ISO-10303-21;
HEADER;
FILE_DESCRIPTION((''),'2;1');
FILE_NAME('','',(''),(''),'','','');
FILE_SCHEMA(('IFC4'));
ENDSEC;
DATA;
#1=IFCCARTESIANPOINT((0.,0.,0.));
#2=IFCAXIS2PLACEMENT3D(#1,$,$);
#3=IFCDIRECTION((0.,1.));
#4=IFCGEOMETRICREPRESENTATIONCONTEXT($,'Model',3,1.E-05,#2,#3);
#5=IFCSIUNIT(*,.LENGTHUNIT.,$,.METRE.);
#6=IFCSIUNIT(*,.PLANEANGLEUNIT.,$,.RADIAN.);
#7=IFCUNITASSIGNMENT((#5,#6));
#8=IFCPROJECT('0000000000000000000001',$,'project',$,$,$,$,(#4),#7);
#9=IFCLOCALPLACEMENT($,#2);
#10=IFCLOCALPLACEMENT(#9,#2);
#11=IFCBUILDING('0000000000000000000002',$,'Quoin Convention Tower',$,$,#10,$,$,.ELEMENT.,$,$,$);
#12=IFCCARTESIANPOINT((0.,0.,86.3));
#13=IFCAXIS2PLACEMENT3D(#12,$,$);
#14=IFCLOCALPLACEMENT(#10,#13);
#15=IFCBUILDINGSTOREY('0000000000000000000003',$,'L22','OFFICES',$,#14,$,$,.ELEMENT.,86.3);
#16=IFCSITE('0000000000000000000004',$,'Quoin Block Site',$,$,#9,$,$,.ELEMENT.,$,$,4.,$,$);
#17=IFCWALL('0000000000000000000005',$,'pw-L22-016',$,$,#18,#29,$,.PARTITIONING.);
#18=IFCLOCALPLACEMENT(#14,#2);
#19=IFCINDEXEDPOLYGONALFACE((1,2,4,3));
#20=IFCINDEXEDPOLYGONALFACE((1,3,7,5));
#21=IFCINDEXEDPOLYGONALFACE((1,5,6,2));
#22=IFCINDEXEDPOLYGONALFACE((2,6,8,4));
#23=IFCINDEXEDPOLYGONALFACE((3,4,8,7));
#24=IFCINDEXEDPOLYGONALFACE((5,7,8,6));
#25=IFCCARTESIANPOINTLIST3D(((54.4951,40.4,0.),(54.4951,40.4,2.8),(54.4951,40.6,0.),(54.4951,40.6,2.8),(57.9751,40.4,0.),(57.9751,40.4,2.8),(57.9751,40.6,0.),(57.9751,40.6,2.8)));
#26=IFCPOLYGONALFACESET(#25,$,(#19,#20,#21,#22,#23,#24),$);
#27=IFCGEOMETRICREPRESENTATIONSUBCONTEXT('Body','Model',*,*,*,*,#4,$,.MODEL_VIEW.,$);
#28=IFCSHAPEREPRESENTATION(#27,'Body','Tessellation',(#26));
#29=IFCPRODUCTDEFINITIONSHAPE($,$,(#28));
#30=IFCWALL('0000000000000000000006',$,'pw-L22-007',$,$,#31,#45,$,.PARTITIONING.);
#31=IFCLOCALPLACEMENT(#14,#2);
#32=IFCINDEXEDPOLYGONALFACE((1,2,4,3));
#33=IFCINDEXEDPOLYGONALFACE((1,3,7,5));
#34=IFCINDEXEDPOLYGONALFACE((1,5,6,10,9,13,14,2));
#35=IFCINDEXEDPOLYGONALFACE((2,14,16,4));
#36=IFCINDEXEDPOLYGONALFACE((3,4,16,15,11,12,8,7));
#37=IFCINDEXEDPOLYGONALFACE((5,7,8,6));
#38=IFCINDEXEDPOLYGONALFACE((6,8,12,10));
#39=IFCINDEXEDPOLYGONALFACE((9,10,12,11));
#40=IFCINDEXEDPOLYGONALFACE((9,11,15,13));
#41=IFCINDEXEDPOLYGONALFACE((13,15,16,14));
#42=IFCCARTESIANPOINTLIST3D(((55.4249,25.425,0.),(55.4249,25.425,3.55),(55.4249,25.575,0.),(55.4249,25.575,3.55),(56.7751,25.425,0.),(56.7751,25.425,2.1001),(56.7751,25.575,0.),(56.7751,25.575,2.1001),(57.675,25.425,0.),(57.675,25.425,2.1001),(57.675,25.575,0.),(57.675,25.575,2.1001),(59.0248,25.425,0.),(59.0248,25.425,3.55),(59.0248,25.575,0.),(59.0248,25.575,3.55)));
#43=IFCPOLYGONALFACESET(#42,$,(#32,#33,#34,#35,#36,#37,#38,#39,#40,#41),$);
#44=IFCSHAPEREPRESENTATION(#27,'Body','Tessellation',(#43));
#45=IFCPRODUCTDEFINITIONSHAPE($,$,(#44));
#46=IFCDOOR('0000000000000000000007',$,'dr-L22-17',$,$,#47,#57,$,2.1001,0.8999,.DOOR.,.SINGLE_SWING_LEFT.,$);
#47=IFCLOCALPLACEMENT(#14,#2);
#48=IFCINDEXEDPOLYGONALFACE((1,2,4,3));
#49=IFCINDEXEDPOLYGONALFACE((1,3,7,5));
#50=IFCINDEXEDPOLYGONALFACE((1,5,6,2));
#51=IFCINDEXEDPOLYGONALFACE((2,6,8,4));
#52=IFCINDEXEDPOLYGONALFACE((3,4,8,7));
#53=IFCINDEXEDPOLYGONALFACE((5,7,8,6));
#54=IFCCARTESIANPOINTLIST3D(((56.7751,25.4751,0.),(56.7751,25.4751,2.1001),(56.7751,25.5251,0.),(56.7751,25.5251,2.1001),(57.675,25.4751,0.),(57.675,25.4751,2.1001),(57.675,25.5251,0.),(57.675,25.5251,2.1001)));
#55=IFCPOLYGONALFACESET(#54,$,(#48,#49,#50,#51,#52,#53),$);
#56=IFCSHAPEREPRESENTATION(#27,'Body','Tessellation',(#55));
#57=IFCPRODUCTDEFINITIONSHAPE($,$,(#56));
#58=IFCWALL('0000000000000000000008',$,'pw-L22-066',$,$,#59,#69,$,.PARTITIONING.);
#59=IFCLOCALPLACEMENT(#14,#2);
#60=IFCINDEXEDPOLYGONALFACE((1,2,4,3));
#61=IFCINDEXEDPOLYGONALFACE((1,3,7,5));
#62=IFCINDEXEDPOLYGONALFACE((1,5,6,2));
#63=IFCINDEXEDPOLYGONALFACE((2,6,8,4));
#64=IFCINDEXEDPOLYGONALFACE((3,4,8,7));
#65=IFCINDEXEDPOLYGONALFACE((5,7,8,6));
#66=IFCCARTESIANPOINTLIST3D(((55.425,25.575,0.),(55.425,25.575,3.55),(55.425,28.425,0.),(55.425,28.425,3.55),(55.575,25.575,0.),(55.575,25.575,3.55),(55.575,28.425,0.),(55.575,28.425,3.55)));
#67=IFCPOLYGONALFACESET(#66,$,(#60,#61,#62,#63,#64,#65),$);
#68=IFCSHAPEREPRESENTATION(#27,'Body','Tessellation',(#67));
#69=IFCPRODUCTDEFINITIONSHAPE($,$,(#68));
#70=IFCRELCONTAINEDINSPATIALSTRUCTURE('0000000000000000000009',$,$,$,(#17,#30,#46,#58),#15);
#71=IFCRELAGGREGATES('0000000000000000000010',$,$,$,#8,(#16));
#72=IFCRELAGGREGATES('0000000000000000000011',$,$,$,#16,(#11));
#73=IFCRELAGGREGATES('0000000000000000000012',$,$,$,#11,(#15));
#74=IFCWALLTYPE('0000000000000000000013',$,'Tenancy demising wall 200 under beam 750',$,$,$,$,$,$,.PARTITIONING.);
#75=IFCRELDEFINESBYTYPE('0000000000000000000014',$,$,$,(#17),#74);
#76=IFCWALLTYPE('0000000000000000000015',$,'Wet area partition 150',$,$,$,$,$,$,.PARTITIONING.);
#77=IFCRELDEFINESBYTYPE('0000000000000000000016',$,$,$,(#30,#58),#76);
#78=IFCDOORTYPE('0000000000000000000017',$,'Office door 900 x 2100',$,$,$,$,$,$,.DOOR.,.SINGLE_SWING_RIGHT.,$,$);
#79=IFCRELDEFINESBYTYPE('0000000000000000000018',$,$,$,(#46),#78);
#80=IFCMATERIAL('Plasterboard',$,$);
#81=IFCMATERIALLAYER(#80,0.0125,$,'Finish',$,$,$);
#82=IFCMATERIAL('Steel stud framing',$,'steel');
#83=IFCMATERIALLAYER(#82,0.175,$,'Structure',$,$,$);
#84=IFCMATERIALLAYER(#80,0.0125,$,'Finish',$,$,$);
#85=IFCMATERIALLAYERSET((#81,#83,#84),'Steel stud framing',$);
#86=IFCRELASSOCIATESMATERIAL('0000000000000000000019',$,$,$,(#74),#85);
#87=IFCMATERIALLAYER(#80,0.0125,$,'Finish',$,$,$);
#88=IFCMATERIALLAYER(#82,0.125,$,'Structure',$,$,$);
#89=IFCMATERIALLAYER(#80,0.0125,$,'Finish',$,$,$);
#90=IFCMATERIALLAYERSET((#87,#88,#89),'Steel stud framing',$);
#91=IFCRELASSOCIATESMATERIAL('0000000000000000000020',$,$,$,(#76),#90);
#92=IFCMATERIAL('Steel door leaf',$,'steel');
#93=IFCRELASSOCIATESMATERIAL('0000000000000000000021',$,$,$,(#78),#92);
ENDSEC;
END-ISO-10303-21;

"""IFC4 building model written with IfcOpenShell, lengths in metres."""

from ifc_helpers import new_model, si_unit, direction, frame, frame_2d, origin, place, context, subcontext, project, spatial, rectangle, extrude, material, layer, layer_set, type_object, element, fill, save


model = new_model("IFC4")

# Units and contexts
model_context = context("Model", 3, precision=1e-05, world=origin(), true_north=direction((0.0, 1.0)))
body_context = subcontext(model_context, "Body", "Model", "MODEL_VIEW")
ifc_project = project(units=[si_unit("LENGTHUNIT", "METRE"), si_unit("PLANEANGLEUNIT", "RADIAN")], contexts=[model_context])

# Site, building, storey
site_placement = place(None, origin())
site = spatial("IfcSite", under=ifc_project, at=site_placement, Name="Quoin Block Site", CompositionType="ELEMENT", RefElevation=4.0)
building_placement = place(site_placement, origin())
building = spatial("IfcBuilding", under=site, at=building_placement, Name="Quoin Convention Tower", CompositionType="ELEMENT")
storey_placement = place(building_placement, frame((0.0, 0.0, 86.3)))
storey = spatial("IfcBuildingStorey", under=building, at=storey_placement, Name="L22", Description="OFFICES", CompositionType="ELEMENT", Elevation=86.3)

# Wall
ifc_material_1 = material(Name="Plasterboard")
ifc_material_2 = material(Name="Steel stud framing", Category="steel")
ifc_layer_1 = layer(ifc_material_1, 0.0125, Name="Finish")
ifc_layer_2 = layer(ifc_material_2, 0.175, Name="Structure")
ifc_layer_3 = layer(ifc_material_1, 0.0125, Name="Finish")
ifc_layer_set_1 = layer_set([ifc_layer_1, ifc_layer_2, ifc_layer_3], Name="Steel stud framing")
wall_type_1 = type_object("IfcWallType", Name="Tenancy demising wall 200 under beam 750", PredefinedType="PARTITIONING", material=ifc_layer_set_1)
wall_1_placement = place(storey_placement, frame((54.4951, 40.5, 0.0), z_axis=(0.0, 0.0, 1.0), x_axis=(1.0, 0.0, 0.0)))
element("IfcWall", 1, at=wall_1_placement, inside=storey, type_object=wall_type_1, Name="pw-L22-016", PredefinedType="PARTITIONING", context=body_context, shape_type="SweptSolid", body=[
    extrude(rectangle(XDim=3.48, YDim=0.2, at=frame_2d((1.74, 0.0))), origin(), (0.0, 0.0, 1.0), 2.8),
])

# Wall, opening, door
ifc_layer_4 = layer(ifc_material_1, 0.0125, Name="Finish")
ifc_layer_5 = layer(ifc_material_2, 0.125, Name="Structure")
ifc_layer_6 = layer(ifc_material_1, 0.0125, Name="Finish")
ifc_layer_set_2 = layer_set([ifc_layer_4, ifc_layer_5, ifc_layer_6], Name="Steel stud framing")
wall_type_2 = type_object("IfcWallType", Name="Wet area partition 150", PredefinedType="PARTITIONING", material=ifc_layer_set_2)
wall_2_placement = place(storey_placement, frame((55.425, 25.5, 0.0), z_axis=(0.0, 0.0, 1.0), x_axis=(1.0, 0.0, 0.0)))
wall_2 = element("IfcWall", 2, at=wall_2_placement, inside=storey, type_object=wall_type_2, Name="pw-L22-007", PredefinedType="PARTITIONING", context=body_context, shape_type="SweptSolid", body=[
    extrude(rectangle(XDim=3.5999, YDim=0.1499, at=frame_2d((1.7998, 0.0))), origin(), (0.0, 0.0, 1.0), 3.55),
])
opening_1_placement = place(wall_2_placement, frame((1.3501, 0.0, 0.0)))
opening_1 = element("IfcOpeningElement", 3, at=opening_1_placement, cuts=wall_2, PredefinedType="OPENING", context=body_context, shape_type="SweptSolid", body=[
    extrude(rectangle(XDim=0.8999, YDim=2.1001, at=frame_2d((0.45, 1.05))), frame((0.0, 0.085, 0.0), z_axis=(0.0, -1.0, 0.0), x_axis=(1.0, 0.0, 0.0)), (0.0, 0.0, 1.0), 0.1699),
])
ifc_material_3 = material(Name="Steel door leaf", Category="steel")
door_type = type_object("IfcDoorType", Name="Office door 900 x 2100", OperationType="SINGLE_SWING_RIGHT", PredefinedType="DOOR", material=ifc_material_3)
door_placement = place(opening_1_placement, frame((0.8999, 0.0, 0.0), z_axis=(0.0, 0.0, 1.0), x_axis=(-1.0, 0.0, 0.0)))
door = element("IfcDoor", 4, at=door_placement, inside=storey, type_object=door_type, Name="dr-L22-17", OperationType="SINGLE_SWING_LEFT", OverallHeight=2.1001, OverallWidth=0.8999, PredefinedType="DOOR", context=body_context, shape_type="SweptSolid", body=[
    extrude(rectangle(XDim=0.8999, YDim=2.1001, at=frame_2d((0.45, 1.05))), frame((0.0, 0.0249, 0.0), z_axis=(0.0, -1.0, 0.0), x_axis=(1.0, 0.0, 0.0)), (0.0, 0.0, 1.0), 0.05),
])
fill(opening_1, door)

# Wall
wall_3_placement = place(storey_placement, frame((55.5, 25.575, 0.0), z_axis=(0.0, 0.0, 1.0), x_axis=(0.0, 1.0, 0.0)))
element("IfcWall", 5, at=wall_3_placement, inside=storey, type_object=wall_type_2, Name="pw-L22-066", PredefinedType="PARTITIONING", context=body_context, shape_type="SweptSolid", body=[
    extrude(rectangle(XDim=2.8501, YDim=0.1499, at=frame_2d((1.425, 0.0))), origin(), (0.0, 0.0, 1.0), 3.55),
])

save(model, "model.ifc")
